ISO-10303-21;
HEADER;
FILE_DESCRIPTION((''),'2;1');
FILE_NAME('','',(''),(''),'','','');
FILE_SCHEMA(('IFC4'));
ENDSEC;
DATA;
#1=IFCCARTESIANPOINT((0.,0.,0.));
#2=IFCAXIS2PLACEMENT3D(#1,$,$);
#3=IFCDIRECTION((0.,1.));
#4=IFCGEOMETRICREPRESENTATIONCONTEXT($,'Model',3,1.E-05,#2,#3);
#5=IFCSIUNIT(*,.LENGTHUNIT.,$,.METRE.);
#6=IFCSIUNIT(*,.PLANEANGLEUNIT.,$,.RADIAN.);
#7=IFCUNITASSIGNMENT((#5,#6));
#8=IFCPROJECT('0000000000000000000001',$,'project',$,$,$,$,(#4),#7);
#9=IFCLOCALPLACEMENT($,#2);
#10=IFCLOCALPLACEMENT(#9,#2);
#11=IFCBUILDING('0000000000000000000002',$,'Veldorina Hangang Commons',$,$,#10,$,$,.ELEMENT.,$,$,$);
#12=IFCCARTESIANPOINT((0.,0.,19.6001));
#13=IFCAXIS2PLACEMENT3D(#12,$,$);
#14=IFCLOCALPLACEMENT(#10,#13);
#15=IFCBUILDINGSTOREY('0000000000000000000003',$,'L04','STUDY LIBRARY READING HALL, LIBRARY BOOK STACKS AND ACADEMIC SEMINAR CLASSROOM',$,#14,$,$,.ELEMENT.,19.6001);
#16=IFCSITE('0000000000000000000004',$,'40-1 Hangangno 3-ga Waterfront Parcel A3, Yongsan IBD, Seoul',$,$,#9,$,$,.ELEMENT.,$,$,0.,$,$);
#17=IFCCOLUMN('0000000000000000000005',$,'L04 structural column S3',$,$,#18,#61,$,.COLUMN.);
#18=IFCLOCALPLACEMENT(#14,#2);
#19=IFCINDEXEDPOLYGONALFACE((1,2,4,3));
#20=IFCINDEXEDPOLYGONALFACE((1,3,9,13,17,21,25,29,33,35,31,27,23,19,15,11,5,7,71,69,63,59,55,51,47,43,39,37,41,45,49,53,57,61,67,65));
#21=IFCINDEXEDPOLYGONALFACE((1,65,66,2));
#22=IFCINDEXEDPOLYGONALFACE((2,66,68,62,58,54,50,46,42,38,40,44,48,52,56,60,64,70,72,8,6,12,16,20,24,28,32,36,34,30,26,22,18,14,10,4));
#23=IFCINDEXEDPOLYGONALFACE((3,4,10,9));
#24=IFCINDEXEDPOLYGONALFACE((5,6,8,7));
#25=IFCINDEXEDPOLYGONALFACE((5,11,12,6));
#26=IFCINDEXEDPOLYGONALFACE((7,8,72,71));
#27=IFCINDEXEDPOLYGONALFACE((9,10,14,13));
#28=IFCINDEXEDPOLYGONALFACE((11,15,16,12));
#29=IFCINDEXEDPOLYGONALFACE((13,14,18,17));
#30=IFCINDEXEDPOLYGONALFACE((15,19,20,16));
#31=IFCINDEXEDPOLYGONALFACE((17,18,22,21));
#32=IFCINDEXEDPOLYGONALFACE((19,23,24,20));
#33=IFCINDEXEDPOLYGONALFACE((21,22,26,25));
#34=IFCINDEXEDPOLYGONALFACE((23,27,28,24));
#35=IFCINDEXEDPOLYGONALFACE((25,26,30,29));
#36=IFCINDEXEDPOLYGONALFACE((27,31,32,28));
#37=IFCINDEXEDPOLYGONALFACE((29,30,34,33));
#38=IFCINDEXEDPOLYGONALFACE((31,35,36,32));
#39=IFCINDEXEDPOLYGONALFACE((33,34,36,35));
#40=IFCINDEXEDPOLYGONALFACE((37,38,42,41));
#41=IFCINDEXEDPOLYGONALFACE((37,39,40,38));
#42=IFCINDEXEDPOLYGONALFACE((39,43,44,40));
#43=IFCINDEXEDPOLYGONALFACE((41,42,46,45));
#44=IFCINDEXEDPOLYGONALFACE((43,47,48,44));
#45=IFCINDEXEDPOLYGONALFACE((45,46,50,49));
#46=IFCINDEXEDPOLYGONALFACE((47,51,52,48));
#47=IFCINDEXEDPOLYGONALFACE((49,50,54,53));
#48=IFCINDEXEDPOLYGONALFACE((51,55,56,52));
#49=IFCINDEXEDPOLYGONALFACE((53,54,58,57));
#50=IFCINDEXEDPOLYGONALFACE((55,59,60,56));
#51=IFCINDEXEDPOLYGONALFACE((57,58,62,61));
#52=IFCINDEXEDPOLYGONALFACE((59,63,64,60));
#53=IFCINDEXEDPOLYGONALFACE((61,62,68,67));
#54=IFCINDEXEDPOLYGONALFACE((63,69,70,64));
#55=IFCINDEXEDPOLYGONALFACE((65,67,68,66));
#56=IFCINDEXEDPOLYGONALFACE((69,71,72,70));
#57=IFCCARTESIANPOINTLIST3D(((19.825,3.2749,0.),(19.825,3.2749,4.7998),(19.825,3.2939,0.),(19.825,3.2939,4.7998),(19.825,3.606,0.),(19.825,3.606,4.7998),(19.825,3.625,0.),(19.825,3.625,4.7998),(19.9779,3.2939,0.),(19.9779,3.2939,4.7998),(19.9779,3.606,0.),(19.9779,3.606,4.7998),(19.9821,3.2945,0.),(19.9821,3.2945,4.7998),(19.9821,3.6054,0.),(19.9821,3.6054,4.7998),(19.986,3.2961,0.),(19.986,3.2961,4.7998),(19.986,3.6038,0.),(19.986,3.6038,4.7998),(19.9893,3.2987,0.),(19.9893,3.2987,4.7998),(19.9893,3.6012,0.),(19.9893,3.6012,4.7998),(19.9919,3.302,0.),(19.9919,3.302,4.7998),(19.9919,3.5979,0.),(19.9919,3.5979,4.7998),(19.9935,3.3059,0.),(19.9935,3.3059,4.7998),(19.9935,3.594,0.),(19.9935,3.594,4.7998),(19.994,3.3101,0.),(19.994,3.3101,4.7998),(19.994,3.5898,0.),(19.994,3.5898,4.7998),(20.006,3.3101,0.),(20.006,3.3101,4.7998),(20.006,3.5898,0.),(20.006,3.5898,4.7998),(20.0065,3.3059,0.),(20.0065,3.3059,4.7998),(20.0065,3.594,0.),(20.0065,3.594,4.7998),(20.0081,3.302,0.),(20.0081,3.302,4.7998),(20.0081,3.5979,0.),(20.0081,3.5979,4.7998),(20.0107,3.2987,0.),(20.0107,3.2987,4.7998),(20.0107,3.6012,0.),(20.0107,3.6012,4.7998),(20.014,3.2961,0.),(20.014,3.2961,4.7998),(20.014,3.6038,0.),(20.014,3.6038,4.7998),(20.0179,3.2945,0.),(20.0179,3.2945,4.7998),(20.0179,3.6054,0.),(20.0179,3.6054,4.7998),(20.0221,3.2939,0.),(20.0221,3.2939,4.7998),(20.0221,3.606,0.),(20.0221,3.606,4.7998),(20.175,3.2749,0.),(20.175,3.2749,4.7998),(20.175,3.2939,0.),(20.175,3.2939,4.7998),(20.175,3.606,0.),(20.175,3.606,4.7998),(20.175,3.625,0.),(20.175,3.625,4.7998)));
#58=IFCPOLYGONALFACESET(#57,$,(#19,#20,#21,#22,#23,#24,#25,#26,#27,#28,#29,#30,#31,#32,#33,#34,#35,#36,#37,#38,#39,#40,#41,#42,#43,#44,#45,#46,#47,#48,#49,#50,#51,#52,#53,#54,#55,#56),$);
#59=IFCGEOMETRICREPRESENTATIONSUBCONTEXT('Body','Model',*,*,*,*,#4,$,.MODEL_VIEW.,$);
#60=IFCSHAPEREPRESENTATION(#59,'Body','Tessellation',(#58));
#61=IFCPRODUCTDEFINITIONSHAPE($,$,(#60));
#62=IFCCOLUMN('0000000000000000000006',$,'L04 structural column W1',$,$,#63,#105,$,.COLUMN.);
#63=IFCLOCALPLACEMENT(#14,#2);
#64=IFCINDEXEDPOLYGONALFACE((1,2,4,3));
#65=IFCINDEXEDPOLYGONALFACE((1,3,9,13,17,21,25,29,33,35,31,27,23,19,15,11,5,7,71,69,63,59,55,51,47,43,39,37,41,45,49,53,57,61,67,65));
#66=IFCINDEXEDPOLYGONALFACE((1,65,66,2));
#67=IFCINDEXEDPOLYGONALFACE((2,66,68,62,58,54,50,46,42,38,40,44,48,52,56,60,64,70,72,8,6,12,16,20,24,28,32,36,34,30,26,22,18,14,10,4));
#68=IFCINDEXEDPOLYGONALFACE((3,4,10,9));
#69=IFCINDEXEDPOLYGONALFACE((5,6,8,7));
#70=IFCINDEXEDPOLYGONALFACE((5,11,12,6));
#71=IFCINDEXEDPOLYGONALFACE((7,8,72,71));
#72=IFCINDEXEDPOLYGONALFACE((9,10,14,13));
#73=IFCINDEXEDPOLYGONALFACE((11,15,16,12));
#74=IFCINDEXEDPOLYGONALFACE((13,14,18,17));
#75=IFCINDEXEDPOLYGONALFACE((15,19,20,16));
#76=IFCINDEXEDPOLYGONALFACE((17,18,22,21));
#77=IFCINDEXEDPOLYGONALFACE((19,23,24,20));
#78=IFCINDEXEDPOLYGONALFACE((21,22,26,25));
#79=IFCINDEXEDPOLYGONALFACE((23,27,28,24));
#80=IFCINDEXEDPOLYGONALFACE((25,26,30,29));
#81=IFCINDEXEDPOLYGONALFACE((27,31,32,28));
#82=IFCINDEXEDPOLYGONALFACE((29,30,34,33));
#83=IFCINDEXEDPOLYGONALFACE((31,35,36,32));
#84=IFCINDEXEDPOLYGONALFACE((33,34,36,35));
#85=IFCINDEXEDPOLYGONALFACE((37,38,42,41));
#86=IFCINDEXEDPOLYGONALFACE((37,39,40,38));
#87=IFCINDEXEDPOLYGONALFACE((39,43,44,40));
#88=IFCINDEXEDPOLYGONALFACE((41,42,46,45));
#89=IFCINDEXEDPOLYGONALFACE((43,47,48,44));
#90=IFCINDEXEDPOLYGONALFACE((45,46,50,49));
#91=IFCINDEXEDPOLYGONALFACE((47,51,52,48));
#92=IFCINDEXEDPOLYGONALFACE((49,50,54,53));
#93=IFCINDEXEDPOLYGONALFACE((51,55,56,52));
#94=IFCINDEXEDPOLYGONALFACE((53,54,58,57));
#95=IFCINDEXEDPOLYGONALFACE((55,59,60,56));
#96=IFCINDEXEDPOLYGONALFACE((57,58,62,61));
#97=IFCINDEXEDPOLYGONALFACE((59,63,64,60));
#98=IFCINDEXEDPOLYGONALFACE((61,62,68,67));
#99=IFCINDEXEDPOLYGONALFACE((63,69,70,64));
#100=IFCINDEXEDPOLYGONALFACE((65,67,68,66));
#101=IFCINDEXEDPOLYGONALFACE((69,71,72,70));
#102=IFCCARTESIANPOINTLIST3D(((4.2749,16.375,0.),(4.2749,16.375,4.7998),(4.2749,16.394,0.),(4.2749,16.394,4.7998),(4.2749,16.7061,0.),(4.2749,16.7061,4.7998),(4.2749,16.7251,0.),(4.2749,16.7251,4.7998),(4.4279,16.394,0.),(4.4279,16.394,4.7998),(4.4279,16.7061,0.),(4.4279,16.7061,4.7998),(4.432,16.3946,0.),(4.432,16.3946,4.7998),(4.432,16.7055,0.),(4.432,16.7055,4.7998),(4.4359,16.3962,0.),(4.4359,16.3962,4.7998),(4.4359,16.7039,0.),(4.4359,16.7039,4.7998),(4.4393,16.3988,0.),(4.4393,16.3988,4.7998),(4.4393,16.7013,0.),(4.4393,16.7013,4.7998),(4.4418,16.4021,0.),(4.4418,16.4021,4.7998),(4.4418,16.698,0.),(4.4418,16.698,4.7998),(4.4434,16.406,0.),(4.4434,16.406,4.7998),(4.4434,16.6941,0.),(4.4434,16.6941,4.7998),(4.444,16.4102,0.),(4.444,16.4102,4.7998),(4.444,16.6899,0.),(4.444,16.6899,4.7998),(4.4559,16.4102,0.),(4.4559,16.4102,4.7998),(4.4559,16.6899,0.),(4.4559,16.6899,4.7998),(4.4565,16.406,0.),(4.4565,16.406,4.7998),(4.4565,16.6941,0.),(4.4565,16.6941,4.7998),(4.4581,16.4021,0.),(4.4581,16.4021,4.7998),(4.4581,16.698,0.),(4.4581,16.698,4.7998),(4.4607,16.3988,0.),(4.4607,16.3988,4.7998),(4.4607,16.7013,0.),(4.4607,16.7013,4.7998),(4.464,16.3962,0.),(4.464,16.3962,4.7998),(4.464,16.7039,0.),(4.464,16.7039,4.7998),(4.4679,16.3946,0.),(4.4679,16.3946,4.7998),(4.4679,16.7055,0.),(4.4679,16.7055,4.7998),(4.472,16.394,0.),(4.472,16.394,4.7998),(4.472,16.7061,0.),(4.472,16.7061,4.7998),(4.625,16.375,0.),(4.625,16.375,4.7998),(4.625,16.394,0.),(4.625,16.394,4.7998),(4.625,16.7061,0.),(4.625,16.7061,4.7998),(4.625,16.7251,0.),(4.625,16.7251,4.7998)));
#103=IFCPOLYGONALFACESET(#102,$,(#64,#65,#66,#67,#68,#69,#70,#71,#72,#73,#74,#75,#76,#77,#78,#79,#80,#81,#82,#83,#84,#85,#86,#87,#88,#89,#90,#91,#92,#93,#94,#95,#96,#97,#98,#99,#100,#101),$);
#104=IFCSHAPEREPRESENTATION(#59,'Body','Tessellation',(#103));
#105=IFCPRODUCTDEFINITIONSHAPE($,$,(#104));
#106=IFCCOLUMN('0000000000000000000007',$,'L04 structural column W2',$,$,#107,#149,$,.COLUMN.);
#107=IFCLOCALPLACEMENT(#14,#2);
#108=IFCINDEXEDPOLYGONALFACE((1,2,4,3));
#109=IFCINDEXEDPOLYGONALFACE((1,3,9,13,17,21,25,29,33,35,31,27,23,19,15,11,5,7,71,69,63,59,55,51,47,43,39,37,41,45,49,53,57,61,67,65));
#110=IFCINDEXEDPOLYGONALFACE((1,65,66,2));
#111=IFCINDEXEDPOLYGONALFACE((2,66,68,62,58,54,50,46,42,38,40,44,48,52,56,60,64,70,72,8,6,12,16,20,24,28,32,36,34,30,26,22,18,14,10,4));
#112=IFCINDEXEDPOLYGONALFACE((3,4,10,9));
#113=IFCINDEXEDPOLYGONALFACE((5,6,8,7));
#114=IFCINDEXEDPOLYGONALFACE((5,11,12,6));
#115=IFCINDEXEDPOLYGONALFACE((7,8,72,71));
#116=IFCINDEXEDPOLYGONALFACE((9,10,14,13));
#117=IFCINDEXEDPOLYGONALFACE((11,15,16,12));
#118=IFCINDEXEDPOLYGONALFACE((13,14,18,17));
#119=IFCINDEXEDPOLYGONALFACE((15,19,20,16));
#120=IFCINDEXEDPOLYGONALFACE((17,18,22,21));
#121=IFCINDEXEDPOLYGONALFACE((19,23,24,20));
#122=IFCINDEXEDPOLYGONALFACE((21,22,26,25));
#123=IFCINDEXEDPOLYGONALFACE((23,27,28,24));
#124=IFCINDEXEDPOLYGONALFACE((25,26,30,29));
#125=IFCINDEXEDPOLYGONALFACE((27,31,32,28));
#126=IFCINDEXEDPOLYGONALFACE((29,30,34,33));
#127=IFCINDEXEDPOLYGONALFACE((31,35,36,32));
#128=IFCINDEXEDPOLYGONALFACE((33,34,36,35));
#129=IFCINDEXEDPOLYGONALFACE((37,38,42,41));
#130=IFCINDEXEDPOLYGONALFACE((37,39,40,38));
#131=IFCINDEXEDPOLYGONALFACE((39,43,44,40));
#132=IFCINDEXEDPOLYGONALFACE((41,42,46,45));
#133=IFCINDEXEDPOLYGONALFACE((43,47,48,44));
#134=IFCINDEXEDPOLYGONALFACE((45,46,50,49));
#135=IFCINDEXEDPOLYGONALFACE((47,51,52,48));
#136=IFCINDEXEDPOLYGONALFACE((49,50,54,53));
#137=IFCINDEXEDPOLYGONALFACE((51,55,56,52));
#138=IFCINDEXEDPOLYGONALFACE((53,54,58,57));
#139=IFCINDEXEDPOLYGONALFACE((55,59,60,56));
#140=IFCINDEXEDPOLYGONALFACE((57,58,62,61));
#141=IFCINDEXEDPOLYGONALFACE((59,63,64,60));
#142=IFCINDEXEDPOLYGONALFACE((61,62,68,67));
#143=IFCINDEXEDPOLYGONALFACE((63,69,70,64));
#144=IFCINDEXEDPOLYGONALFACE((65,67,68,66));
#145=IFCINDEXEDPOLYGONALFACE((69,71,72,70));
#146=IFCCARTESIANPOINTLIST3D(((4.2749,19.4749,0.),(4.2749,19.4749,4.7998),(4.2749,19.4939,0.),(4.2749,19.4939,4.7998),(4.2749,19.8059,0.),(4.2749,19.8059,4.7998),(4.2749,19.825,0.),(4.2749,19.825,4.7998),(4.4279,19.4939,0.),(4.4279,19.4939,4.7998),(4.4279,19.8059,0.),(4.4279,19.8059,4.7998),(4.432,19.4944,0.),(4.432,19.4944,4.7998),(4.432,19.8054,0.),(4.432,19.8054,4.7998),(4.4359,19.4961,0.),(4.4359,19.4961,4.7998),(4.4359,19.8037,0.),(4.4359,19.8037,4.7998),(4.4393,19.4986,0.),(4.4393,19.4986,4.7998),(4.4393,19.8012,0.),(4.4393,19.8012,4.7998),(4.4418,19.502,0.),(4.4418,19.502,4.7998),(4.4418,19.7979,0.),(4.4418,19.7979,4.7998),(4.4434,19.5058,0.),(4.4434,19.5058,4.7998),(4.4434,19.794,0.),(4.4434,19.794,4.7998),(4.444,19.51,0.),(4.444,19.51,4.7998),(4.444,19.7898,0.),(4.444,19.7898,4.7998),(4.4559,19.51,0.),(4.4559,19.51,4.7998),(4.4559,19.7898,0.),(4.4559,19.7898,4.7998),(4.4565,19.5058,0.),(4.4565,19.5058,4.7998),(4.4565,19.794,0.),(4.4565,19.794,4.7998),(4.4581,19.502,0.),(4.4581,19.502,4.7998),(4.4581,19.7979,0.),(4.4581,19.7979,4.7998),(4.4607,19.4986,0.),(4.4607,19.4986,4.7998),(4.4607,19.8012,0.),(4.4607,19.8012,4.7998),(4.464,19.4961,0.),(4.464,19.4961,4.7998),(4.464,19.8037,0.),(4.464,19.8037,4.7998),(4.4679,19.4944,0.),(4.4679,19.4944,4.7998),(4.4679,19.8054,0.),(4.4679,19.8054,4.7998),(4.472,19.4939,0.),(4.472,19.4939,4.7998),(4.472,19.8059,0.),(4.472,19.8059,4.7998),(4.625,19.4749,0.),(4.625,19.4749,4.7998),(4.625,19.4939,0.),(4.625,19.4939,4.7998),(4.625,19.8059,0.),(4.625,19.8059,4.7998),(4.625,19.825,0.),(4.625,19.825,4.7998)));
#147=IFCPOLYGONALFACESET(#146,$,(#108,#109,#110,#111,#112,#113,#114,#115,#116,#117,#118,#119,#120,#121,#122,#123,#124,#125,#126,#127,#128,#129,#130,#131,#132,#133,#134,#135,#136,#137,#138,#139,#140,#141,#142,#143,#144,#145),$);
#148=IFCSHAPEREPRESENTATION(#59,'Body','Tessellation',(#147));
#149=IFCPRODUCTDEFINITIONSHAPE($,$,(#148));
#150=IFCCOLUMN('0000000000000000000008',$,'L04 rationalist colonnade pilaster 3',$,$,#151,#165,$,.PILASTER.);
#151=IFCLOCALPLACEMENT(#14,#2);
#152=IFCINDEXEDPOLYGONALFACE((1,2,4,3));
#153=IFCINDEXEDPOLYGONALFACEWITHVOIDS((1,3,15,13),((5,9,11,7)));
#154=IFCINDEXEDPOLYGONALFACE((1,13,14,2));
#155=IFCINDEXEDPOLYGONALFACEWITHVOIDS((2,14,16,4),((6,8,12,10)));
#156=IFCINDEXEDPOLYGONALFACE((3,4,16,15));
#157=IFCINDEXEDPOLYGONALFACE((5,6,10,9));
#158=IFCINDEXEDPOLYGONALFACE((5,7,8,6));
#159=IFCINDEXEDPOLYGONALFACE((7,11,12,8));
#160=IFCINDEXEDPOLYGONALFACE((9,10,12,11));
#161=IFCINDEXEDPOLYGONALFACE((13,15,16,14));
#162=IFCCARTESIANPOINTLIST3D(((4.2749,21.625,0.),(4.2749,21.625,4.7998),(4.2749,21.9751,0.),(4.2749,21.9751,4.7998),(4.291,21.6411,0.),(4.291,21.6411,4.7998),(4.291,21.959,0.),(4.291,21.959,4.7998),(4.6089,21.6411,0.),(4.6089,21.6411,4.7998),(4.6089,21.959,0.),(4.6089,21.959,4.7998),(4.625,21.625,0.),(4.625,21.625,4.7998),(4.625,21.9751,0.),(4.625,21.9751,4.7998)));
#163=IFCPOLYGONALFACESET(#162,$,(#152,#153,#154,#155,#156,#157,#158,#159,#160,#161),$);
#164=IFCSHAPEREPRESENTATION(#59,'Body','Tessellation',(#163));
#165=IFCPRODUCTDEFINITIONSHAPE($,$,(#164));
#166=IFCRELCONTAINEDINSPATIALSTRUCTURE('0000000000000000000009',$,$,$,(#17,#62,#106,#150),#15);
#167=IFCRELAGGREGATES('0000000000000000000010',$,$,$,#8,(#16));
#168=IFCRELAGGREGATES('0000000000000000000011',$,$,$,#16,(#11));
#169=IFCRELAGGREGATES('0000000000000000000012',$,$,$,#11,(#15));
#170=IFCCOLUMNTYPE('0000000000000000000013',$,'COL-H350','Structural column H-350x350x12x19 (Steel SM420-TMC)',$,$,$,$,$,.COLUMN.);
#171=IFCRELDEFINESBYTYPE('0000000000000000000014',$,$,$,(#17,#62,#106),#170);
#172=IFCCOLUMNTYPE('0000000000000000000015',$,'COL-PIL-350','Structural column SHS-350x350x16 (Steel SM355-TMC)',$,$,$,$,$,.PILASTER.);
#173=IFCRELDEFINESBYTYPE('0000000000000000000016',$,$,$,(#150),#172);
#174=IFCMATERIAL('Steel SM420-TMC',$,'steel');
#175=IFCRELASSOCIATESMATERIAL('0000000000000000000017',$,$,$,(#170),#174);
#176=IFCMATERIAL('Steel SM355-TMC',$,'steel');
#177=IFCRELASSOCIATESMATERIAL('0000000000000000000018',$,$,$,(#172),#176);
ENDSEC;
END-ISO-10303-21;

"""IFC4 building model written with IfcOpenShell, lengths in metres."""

from ifc_helpers import new_model, si_unit, direction, frame, origin, origin_2d, place, context, subcontext, project, spatial, hollow_rectangle, i_section, extrude, material, material_profile, profile_set, type_object, element, save


model = new_model("IFC4")

# Units and contexts
model_context = context("Model", 3, precision=1e-05, world=origin(), true_north=direction((0.0, 1.0)))
body_context = subcontext(model_context, "Body", "Model", "MODEL_VIEW")
ifc_project = project(units=[si_unit("LENGTHUNIT", "METRE"), si_unit("PLANEANGLEUNIT", "RADIAN")], contexts=[model_context])

# Site, building, storey
site_placement = place(None, origin())
site = spatial("IfcSite", under=ifc_project, at=site_placement, Name="40-1 Hangangno 3-ga Waterfront Parcel A3, Yongsan IBD, Seoul", CompositionType="ELEMENT", RefElevation=0.0)
building_placement = place(site_placement, origin())
building = spatial("IfcBuilding", under=site, at=building_placement, Name="Veldorina Hangang Commons", CompositionType="ELEMENT")
storey_placement = place(building_placement, frame((0.0, 0.0, 19.6001)))
storey = spatial("IfcBuildingStorey", under=building, at=storey_placement, Name="L04", Description="STUDY LIBRARY READING HALL, LIBRARY BOOK STACKS AND ACADEMIC SEMINAR CLASSROOM", CompositionType="ELEMENT", Elevation=19.6001)

# Columns
ifc_material_1 = material(Name="Steel SM420-TMC", Category="steel")
ifc_material_profile_1 = material_profile(ifc_material_1, i_section(OverallWidth=0.3501, OverallDepth=0.3501, WebThickness=0.012, FlangeThickness=0.019, FilletRadius=0.0161, at=origin_2d()), Name="H-350x350x12x19")
ifc_profile_set_1 = profile_set([ifc_material_profile_1], Name="Steel SM420-TMC")
column_type_1 = type_object("IfcColumnType", Name="COL-H350", Description="Structural column H-350x350x12x19 (Steel SM420-TMC)", PredefinedType="COLUMN", material=ifc_profile_set_1)
for number, where, z_axis, x_axis, name in (
    (1, (20.0, 3.45, 0.0), (0.0, 0.0, 1.0), (1.0, 0.0, 0.0), "L04 structural column S3"),
    (2, (4.45, 16.55, 0.0), (0.0, 0.0, 1.0), (1.0, 0.0, 0.0), "L04 structural column W1"),
    (3, (4.45, 19.6499, 0.0), (0.0, 0.0, 1.0), (1.0, 0.0, 0.0), "L04 structural column W2"),
):
    element("IfcColumn", number, at=place(storey_placement, frame(where, z_axis=z_axis, x_axis=x_axis)), inside=storey, type_object=column_type_1, Name=name, PredefinedType="COLUMN", context=body_context, shape_type="SweptSolid", body=[
        extrude(i_section(OverallWidth=0.3501, OverallDepth=0.3501, WebThickness=0.012, FlangeThickness=0.019, FilletRadius=0.0161, at=origin_2d()), origin(), (0.0, 0.0, 1.0), 4.7998),
    ])
ifc_material_2 = material(Name="Steel SM355-TMC", Category="steel")
ifc_material_profile_2 = material_profile(ifc_material_2, hollow_rectangle(XDim=0.3501, YDim=0.3501, WallThickness=0.0161, at=origin_2d()), Name="SHS-350x350x16")
ifc_profile_set_2 = profile_set([ifc_material_profile_2], Name="Steel SM355-TMC")
column_type_2 = type_object("IfcColumnType", Name="COL-PIL-350", Description="Structural column SHS-350x350x16 (Steel SM355-TMC)", PredefinedType="PILASTER", material=ifc_profile_set_2)
column_placement = place(storey_placement, frame((4.45, 21.8, 0.0), z_axis=(0.0, 0.0, 1.0), x_axis=(1.0, 0.0, 0.0)))
element("IfcColumn", 4, at=column_placement, inside=storey, type_object=column_type_2, Name="L04 rationalist colonnade pilaster 3", PredefinedType="PILASTER", context=body_context, shape_type="SweptSolid", body=[
    extrude(hollow_rectangle(XDim=0.3501, YDim=0.3501, WallThickness=0.0161, at=origin_2d()), origin(), (0.0, 0.0, 1.0), 4.7998),
])

save(model, "model.ifc")
